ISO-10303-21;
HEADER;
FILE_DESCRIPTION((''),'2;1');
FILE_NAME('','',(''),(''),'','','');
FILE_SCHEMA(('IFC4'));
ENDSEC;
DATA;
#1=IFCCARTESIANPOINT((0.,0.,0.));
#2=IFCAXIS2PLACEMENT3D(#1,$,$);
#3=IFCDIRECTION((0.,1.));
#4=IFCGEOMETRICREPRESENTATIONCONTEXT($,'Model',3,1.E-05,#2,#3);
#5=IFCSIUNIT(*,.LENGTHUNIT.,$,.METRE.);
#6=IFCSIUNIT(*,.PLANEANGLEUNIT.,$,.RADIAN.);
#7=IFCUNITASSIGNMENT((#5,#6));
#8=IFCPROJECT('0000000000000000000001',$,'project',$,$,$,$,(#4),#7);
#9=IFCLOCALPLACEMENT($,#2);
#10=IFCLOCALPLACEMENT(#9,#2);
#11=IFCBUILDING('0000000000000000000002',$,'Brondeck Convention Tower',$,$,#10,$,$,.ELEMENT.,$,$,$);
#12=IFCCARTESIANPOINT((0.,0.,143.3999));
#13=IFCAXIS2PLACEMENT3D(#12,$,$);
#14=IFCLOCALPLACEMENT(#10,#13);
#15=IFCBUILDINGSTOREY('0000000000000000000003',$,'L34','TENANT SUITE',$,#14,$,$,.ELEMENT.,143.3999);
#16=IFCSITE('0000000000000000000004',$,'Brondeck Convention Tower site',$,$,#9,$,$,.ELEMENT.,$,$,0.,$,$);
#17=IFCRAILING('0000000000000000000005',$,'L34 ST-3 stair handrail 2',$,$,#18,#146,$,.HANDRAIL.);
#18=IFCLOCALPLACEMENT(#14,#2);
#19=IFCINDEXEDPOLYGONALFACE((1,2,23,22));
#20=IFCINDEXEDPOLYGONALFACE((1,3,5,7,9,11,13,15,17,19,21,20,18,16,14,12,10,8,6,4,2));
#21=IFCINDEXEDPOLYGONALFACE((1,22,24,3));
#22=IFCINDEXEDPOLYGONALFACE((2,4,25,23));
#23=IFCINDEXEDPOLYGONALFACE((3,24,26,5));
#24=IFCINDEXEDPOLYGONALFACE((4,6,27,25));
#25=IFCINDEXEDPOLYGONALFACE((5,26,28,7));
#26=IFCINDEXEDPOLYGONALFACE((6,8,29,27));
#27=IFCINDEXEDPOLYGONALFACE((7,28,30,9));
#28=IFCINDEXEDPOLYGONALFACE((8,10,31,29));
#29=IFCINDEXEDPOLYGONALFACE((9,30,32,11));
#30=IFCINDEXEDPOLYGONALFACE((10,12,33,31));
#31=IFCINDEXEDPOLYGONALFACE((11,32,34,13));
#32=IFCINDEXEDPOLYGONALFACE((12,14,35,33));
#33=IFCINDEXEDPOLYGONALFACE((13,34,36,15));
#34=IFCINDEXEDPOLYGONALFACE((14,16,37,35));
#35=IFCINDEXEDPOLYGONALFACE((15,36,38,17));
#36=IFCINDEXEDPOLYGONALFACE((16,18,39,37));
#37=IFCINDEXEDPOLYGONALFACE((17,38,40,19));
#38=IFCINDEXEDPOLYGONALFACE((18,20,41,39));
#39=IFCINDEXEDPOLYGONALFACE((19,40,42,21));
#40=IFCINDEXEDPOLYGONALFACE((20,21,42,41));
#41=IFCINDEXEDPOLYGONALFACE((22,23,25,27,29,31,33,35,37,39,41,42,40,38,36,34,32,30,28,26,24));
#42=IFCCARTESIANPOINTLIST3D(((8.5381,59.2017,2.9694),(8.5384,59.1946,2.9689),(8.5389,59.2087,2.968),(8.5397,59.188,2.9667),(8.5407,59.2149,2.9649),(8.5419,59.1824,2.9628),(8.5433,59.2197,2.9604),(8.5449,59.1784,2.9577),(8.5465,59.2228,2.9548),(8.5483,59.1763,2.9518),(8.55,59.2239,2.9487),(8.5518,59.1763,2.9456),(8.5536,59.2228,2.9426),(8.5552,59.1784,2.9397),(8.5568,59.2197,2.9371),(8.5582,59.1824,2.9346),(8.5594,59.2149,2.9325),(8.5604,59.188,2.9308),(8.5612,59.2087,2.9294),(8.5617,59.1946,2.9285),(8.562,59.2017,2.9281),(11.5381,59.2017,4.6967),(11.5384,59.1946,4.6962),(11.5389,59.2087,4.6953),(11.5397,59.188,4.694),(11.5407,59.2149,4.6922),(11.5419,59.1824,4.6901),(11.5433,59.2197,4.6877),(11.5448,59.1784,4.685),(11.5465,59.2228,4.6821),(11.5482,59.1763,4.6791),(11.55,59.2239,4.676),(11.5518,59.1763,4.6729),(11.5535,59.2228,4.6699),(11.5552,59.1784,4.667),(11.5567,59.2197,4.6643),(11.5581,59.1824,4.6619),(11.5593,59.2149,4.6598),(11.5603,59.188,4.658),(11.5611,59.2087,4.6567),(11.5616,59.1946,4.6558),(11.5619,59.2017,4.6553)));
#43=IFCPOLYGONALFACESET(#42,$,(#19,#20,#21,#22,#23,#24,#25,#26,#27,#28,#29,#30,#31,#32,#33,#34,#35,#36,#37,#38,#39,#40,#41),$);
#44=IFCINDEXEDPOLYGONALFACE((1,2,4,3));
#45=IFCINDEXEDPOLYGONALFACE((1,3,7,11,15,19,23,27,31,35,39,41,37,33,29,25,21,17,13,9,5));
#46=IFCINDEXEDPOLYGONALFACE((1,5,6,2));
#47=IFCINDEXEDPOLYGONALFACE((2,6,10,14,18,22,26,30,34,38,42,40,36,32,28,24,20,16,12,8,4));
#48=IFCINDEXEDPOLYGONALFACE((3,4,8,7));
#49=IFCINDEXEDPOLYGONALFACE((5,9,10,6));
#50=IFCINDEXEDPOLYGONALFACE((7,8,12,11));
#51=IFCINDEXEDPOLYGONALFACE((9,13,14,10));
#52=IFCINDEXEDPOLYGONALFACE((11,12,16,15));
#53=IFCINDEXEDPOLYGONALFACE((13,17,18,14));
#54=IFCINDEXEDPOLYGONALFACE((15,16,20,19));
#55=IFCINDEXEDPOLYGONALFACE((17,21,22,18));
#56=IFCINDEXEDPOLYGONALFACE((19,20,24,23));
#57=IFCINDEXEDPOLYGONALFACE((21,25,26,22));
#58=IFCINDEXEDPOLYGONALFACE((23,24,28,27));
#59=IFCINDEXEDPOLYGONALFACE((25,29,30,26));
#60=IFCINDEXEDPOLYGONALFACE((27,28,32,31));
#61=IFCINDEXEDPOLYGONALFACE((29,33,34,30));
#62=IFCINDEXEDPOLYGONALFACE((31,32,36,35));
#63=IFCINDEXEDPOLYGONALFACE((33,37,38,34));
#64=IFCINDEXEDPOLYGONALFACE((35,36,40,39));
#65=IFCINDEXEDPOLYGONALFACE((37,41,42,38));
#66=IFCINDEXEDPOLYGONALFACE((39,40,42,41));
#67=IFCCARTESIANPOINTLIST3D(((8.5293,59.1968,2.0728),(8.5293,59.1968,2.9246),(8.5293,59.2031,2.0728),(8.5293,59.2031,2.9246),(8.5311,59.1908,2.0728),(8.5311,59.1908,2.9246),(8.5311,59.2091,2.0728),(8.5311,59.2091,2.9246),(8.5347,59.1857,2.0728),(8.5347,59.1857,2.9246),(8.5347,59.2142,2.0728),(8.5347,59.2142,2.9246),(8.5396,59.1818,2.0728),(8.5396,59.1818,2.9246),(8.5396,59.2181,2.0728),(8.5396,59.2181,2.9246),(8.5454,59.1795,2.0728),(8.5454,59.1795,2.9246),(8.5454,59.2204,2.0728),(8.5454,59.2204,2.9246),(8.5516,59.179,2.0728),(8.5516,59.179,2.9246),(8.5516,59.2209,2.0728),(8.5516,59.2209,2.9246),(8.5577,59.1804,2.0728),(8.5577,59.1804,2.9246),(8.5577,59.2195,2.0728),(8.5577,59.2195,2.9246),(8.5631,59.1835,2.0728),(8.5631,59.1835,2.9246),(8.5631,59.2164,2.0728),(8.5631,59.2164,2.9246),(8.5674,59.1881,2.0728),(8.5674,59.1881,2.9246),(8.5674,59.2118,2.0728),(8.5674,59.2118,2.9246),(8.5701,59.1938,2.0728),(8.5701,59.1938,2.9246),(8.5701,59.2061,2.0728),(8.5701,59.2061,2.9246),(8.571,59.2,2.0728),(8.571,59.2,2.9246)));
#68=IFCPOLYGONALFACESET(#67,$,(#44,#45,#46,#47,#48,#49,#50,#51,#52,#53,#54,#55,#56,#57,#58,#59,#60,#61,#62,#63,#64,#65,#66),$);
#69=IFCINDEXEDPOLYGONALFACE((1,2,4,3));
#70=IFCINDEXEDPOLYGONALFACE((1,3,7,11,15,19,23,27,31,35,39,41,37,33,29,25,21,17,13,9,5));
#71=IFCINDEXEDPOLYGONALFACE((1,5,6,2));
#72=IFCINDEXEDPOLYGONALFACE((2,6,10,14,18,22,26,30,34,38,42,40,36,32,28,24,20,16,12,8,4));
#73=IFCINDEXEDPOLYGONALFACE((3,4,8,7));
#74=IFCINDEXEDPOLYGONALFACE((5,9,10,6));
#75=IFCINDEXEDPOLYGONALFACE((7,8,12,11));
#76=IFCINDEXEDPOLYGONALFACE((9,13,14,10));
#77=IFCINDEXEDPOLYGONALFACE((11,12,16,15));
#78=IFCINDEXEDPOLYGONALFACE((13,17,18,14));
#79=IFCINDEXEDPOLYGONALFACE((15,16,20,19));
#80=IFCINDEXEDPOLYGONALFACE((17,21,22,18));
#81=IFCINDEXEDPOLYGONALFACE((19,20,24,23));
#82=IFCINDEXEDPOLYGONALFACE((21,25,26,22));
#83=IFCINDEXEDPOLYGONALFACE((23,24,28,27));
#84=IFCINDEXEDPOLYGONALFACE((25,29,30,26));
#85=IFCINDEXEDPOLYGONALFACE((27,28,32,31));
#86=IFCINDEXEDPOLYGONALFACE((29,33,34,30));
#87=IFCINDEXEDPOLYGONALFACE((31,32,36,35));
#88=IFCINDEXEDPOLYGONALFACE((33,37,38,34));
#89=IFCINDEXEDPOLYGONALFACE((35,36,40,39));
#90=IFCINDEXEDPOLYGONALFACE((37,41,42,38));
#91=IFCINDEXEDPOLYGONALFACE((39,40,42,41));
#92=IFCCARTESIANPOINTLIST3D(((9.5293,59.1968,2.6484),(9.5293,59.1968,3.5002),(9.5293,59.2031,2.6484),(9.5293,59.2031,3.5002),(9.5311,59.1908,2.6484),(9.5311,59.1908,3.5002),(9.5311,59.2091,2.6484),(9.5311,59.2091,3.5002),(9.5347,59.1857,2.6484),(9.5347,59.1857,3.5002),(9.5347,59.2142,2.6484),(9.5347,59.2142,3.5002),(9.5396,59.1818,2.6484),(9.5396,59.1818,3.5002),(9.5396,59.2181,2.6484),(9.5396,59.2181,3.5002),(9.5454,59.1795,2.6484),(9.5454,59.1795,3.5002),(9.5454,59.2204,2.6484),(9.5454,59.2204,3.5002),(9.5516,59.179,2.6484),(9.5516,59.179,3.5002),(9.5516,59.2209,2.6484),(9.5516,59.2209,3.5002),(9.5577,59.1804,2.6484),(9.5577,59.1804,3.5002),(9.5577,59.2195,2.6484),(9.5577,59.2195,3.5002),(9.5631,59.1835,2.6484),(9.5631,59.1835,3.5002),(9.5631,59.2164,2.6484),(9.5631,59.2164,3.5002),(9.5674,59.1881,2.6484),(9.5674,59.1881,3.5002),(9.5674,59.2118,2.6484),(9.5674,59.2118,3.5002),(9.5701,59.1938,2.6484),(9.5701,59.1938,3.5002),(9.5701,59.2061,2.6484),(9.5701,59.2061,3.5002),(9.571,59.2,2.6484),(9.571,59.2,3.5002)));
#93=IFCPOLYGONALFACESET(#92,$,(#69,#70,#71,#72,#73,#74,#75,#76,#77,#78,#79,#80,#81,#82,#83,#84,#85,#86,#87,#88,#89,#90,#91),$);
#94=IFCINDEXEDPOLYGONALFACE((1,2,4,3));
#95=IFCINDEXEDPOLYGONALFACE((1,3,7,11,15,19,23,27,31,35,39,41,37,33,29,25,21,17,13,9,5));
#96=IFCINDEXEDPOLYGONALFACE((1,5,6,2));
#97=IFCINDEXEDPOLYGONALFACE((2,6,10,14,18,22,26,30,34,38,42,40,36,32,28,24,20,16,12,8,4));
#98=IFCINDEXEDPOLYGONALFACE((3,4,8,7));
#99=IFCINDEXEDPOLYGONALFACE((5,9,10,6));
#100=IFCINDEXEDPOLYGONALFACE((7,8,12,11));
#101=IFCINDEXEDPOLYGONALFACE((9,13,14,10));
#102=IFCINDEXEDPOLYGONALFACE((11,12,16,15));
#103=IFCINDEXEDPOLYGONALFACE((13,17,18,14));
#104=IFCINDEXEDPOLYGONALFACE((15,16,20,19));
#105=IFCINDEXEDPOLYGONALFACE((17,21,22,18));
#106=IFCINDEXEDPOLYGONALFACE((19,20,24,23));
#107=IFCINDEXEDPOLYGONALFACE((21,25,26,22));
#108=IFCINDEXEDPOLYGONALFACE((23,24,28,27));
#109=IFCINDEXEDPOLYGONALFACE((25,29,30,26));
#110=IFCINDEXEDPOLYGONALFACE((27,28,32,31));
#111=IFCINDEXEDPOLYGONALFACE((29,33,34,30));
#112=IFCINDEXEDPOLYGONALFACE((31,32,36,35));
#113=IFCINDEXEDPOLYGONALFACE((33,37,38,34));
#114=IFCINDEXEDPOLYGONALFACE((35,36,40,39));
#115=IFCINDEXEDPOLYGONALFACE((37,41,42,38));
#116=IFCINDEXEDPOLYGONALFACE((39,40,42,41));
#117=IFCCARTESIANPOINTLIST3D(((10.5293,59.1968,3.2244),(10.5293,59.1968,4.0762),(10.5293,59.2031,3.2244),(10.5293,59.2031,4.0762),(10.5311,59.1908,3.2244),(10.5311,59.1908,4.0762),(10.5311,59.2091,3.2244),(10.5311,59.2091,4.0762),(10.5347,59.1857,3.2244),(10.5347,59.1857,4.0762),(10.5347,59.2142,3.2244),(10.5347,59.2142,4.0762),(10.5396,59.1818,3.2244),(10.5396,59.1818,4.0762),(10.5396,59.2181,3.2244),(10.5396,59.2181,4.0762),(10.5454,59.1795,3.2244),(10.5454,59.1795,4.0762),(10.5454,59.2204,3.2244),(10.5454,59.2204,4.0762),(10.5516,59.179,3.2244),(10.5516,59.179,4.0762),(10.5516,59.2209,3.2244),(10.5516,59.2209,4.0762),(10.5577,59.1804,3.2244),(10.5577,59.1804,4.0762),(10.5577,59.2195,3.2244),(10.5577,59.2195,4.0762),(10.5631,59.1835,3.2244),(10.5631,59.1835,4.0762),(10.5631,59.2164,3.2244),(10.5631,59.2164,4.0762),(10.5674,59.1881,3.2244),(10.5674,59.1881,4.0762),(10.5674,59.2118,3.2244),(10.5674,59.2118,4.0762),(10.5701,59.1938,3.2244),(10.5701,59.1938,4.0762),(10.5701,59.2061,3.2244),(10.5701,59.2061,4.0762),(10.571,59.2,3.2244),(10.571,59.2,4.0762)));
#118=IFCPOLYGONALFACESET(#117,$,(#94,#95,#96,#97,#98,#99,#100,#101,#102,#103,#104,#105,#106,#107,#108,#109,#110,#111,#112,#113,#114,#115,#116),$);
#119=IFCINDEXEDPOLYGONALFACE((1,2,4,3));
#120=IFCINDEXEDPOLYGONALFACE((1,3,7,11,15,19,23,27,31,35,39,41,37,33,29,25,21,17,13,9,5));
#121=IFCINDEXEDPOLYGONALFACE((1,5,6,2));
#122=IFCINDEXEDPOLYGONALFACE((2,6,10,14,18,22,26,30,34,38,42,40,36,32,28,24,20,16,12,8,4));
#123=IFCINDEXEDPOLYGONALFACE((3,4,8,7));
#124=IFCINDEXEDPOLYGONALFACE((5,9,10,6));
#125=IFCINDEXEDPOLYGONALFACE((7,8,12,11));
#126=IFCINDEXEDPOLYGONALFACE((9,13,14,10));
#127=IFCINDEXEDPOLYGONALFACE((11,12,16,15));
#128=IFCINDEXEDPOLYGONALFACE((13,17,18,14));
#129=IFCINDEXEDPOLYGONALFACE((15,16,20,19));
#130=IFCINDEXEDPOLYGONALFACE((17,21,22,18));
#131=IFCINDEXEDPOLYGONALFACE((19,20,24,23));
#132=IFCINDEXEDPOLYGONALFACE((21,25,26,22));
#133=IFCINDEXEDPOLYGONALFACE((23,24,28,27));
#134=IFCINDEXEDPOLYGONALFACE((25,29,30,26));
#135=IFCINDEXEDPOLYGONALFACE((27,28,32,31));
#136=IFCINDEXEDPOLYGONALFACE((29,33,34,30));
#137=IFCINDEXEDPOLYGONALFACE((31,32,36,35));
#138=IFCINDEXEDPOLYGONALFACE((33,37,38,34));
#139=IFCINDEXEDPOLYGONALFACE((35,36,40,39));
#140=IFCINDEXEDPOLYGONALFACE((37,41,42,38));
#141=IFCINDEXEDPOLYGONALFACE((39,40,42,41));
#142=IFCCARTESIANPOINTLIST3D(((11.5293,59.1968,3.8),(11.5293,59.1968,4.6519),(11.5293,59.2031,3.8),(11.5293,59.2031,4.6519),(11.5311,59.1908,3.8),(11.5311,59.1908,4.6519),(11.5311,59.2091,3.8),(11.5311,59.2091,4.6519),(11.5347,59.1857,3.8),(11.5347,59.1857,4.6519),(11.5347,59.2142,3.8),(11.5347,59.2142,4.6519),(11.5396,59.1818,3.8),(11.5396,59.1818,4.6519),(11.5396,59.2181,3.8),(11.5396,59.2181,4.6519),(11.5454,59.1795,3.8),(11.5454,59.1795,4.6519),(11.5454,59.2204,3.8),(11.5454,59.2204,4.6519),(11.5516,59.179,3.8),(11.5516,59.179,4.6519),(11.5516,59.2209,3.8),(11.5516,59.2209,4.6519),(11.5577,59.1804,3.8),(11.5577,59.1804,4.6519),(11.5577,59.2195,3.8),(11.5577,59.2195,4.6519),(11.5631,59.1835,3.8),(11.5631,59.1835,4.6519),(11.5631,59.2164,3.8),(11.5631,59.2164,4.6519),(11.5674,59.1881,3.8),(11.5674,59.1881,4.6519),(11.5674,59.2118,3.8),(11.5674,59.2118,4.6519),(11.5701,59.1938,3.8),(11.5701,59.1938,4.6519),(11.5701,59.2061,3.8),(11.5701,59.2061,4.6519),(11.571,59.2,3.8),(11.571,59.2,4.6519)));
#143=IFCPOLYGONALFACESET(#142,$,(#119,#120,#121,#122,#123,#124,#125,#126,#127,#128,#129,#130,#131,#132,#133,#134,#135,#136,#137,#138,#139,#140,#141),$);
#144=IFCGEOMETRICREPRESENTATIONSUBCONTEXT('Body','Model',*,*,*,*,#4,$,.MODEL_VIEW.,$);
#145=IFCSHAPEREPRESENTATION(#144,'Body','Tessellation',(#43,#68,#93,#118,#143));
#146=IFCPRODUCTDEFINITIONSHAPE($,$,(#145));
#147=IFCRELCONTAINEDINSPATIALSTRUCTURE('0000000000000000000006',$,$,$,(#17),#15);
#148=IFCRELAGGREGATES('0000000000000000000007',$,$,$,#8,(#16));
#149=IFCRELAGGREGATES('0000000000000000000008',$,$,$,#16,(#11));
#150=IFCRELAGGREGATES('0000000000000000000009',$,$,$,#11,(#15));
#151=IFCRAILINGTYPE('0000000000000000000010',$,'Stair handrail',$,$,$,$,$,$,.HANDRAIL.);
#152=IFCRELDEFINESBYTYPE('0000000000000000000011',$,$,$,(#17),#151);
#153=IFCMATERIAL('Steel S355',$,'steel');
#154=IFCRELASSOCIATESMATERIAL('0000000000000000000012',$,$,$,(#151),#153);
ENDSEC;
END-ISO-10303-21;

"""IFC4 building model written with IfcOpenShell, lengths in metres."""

from ifc_helpers import new_model, si_unit, direction, frame, origin, origin_2d, place, context, subcontext, project, spatial, circle, extrude, material, type_object, element, save


model = new_model("IFC4")

# Units and contexts
model_context = context("Model", 3, precision=1e-05, world=origin(), true_north=direction((0.0, 1.0)))
body_context = subcontext(model_context, "Body", "Model", "MODEL_VIEW")
ifc_project = project(units=[si_unit("LENGTHUNIT", "METRE"), si_unit("PLANEANGLEUNIT", "RADIAN")], contexts=[model_context])

# Site, building, storey
site_placement = place(None, origin())
site = spatial("IfcSite", under=ifc_project, at=site_placement, Name="Brondeck Convention Tower site", CompositionType="ELEMENT", RefElevation=0.0)
building_placement = place(site_placement, origin())
building = spatial("IfcBuilding", under=site, at=building_placement, Name="Brondeck Convention Tower", CompositionType="ELEMENT")
storey_placement = place(building_placement, frame((0.0, 0.0, 143.3999)))
storey = spatial("IfcBuildingStorey", under=building, at=storey_placement, Name="L34", Description="TENANT SUITE", CompositionType="ELEMENT", Elevation=143.3999)

# Railing
ifc_material_1 = material(Name="Steel S355", Category="steel")
railing_type_1 = type_object("IfcRailingType", Name="Stair handrail", PredefinedType="HANDRAIL", material=ifc_material_1)
railing_1_placement = place(storey_placement, frame((8.55, 59.2, 2.0728)))
element("IfcRailing", 1, at=railing_1_placement, inside=storey, type_object=railing_type_1, Name="L34 ST-3 stair handrail 2", PredefinedType="HANDRAIL", context=body_context, shape_type="SweptSolid", body=[
    extrude(circle(Radius=0.0239, at=origin_2d()), frame((0.0, 0.0, 0.876), z_axis=(0.86662, 0.0, 0.498969), x_axis=(0.0, 1.0, 0.0)), (0.0, 0.0, 1.0), 3.4617),
    extrude(circle(Radius=0.021, at=origin_2d()), origin(), (0.0, 0.0, 1.0), 0.8518),
    extrude(circle(Radius=0.021, at=origin_2d()), frame((1.0, 0.0, 0.5757)), (0.0, 0.0, 1.0), 0.8518),
    extrude(circle(Radius=0.021, at=origin_2d()), frame((2.0, 0.0, 1.1516)), (0.0, 0.0, 1.0), 0.8518),
    extrude(circle(Radius=0.021, at=origin_2d()), frame((3.0, 0.0, 1.7273)), (0.0, 0.0, 1.0), 0.8518),
])

save(model, "model.ifc")
